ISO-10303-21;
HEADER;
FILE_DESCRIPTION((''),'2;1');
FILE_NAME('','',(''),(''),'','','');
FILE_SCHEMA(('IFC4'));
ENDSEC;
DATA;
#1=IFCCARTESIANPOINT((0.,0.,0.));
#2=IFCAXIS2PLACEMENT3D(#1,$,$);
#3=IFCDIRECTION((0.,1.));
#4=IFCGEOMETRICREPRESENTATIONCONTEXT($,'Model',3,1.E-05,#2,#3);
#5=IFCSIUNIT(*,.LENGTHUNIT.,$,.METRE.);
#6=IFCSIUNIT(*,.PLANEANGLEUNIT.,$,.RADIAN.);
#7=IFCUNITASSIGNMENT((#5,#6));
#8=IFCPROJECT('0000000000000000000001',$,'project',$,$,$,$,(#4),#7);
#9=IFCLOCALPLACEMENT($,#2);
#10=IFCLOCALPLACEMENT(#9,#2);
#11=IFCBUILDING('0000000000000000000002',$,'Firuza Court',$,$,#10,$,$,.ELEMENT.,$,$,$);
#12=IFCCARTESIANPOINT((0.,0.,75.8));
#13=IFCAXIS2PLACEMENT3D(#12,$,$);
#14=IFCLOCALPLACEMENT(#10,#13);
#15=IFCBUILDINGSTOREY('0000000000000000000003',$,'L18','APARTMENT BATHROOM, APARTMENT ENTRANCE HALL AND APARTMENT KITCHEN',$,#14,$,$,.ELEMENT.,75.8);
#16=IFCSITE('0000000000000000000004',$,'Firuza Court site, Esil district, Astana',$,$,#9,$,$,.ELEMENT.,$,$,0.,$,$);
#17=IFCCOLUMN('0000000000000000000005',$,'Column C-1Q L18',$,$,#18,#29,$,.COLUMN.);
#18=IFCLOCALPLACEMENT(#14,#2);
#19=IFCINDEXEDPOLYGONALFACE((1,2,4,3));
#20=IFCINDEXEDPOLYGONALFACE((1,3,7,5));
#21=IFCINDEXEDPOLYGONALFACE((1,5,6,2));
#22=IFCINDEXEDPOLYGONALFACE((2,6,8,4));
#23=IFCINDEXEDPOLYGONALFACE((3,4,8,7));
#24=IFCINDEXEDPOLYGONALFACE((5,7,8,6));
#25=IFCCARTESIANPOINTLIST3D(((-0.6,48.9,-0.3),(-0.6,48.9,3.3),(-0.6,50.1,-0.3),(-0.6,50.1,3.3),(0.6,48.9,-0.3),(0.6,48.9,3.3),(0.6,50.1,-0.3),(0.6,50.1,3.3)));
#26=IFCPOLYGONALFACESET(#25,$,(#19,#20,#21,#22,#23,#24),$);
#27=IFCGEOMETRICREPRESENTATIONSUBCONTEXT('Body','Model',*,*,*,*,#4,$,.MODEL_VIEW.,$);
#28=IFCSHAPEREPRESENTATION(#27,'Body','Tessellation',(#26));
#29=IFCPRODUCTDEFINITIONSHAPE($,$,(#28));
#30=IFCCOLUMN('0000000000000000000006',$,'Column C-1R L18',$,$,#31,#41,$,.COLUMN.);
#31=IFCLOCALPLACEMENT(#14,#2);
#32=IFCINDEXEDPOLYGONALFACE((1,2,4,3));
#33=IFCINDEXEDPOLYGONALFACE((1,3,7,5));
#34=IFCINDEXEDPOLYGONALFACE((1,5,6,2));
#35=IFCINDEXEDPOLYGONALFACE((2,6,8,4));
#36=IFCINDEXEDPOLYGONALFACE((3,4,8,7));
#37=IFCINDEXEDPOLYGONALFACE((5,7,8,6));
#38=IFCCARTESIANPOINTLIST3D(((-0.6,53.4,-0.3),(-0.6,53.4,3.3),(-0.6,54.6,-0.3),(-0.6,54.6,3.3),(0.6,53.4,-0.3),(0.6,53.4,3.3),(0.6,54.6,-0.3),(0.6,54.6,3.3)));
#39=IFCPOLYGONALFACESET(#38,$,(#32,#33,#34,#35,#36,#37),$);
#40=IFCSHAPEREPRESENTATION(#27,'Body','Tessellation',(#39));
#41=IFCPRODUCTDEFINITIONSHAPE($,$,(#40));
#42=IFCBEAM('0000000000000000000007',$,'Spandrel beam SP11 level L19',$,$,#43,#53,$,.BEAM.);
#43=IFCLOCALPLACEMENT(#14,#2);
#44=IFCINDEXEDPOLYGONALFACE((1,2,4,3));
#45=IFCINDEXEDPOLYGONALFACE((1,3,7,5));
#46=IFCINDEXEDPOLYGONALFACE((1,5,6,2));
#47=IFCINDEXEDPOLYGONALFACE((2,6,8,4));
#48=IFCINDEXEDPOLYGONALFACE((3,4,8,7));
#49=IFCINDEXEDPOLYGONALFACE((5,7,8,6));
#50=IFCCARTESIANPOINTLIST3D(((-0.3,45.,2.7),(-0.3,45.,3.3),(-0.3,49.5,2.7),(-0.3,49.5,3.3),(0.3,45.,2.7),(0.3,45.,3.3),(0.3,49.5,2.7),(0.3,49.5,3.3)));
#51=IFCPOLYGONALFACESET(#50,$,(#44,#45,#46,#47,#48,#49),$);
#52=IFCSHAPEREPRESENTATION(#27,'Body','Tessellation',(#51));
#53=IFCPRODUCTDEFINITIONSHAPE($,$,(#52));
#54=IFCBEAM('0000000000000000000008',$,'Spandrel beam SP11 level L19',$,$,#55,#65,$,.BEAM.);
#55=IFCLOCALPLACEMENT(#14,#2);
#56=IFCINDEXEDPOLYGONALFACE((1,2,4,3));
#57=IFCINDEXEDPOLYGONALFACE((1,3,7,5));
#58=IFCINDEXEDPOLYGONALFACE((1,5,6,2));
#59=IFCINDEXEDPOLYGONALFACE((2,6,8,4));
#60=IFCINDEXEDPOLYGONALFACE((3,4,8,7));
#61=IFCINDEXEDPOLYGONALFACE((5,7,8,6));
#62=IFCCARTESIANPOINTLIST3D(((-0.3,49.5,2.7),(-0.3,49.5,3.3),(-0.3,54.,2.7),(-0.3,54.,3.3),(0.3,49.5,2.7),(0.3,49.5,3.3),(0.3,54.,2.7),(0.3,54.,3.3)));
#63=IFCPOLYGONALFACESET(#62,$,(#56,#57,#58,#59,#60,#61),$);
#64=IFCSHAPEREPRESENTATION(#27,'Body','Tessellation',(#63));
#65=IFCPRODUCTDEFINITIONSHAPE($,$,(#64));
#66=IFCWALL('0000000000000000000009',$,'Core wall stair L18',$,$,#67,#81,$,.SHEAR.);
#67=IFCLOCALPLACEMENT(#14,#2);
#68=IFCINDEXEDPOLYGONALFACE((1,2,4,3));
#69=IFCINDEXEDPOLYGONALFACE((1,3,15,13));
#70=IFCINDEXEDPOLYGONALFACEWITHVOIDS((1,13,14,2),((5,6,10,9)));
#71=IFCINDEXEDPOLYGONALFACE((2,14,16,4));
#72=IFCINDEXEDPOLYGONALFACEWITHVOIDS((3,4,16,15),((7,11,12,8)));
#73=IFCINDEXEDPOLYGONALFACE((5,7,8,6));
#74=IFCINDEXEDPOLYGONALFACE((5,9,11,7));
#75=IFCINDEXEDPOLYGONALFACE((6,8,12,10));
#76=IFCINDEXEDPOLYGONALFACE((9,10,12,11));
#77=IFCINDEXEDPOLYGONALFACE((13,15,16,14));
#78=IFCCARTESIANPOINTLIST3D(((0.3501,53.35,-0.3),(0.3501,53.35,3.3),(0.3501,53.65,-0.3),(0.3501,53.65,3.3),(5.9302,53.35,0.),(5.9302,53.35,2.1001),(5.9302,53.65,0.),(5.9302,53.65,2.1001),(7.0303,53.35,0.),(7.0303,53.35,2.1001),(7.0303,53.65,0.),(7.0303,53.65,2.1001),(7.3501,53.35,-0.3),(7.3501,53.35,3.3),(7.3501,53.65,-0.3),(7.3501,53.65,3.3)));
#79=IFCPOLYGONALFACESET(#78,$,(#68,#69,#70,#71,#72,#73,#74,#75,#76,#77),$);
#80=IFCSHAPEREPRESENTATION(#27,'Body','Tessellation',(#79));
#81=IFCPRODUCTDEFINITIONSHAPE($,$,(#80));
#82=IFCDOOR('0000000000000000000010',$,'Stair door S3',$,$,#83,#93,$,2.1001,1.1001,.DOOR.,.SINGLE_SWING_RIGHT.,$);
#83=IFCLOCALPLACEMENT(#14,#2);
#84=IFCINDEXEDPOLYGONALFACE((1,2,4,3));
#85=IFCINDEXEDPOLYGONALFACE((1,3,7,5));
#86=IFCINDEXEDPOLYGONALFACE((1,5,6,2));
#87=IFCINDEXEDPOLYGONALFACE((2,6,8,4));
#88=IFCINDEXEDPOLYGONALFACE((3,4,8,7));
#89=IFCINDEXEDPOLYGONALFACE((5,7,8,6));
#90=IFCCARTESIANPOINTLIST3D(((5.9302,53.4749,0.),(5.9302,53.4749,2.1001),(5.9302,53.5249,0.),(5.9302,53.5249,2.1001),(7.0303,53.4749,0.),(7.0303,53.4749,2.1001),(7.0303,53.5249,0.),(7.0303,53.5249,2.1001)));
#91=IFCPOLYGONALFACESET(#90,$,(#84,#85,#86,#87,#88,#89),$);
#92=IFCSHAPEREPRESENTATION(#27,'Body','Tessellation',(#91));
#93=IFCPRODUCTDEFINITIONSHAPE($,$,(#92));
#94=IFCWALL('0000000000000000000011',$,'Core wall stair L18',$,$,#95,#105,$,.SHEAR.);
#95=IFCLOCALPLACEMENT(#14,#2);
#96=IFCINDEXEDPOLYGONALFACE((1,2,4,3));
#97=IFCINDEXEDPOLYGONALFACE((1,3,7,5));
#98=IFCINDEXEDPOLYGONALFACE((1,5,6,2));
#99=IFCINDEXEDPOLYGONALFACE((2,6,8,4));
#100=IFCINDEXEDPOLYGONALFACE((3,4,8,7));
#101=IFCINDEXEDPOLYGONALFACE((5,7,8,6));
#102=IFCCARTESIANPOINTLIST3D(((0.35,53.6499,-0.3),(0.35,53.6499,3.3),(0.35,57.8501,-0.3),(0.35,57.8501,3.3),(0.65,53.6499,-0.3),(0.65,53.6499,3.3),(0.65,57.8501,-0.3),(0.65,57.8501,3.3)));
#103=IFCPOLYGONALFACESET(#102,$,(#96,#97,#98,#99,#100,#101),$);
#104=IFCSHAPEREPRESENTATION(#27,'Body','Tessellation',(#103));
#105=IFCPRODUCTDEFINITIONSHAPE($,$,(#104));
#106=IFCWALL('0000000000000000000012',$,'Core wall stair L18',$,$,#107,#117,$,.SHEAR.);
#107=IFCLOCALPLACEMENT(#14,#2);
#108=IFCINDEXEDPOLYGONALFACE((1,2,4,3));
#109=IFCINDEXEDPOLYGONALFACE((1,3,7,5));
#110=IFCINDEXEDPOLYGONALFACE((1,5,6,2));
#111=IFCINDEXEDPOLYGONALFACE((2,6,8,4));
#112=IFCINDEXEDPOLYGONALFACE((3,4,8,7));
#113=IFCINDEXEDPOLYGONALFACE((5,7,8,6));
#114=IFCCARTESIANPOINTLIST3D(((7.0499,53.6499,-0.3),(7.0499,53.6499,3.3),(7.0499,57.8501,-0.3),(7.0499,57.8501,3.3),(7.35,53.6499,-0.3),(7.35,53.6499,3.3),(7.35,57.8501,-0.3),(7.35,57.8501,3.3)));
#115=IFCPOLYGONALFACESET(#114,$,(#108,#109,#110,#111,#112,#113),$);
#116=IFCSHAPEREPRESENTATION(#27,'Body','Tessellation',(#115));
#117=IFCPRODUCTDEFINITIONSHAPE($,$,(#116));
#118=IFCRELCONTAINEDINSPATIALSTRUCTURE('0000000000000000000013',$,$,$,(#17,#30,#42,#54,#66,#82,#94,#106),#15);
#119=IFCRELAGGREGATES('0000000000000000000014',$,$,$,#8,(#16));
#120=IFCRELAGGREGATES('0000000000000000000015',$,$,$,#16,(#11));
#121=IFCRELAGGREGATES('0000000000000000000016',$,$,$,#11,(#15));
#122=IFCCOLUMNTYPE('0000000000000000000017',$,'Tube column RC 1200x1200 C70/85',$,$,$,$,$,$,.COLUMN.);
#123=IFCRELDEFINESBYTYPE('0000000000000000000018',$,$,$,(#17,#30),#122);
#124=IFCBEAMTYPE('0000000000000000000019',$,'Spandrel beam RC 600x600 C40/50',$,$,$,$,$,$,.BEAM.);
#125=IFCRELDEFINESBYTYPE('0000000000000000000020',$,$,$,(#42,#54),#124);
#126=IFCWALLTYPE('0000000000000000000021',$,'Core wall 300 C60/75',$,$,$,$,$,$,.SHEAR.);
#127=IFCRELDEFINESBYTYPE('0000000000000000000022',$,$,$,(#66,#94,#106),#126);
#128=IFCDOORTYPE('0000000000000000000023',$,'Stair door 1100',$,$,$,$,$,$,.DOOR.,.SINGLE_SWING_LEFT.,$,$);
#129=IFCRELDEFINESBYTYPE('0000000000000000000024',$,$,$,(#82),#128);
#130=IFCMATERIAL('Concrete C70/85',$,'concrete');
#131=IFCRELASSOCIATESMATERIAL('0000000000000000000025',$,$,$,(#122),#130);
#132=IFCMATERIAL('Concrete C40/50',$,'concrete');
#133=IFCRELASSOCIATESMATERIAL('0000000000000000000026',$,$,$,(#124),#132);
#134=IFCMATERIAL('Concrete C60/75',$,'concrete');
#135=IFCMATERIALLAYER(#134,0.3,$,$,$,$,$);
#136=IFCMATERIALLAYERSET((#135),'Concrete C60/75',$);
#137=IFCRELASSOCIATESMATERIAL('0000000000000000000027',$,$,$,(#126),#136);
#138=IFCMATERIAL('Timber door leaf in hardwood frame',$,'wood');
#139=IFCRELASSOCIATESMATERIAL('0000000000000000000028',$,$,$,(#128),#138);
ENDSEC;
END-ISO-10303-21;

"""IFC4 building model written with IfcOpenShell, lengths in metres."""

from ifc_helpers import new_model, si_unit, direction, frame, frame_2d, origin, origin_2d, place, context, subcontext, project, spatial, rectangle, extrude, material, layer, layer_set, material_profile, profile_set, type_object, element, fill, save


model = new_model("IFC4")

# Units and contexts
model_context = context("Model", 3, precision=1e-05, world=origin(), true_north=direction((0.0, 1.0)))
body_context = subcontext(model_context, "Body", "Model", "MODEL_VIEW")
ifc_project = project(units=[si_unit("LENGTHUNIT", "METRE"), si_unit("PLANEANGLEUNIT", "RADIAN")], contexts=[model_context])

# Site, building, storey
site_placement = place(None, origin())
site = spatial("IfcSite", under=ifc_project, at=site_placement, Name="Firuza Court site, Esil district, Astana", CompositionType="ELEMENT", RefElevation=0.0)
building_placement = place(site_placement, origin())
building = spatial("IfcBuilding", under=site, at=building_placement, Name="Firuza Court", CompositionType="ELEMENT")
storey_placement = place(building_placement, frame((0.0, 0.0, 75.8)))
storey = spatial("IfcBuildingStorey", under=building, at=storey_placement, Name="L18", Description="APARTMENT BATHROOM, APARTMENT ENTRANCE HALL AND APARTMENT KITCHEN", CompositionType="ELEMENT", Elevation=75.8)

# Columns
ifc_material_1 = material(Name="Concrete C70/85", Category="concrete")
ifc_material_profile_1 = material_profile(ifc_material_1, rectangle(XDim=1.2, YDim=1.2, at=origin_2d()), Name="RC 1200x1200")
ifc_profile_set_1 = profile_set([ifc_material_profile_1], Name="Concrete C70/85")
column_type = type_object("IfcColumnType", Name="Tube column RC 1200x1200 C70/85", PredefinedType="COLUMN", material=ifc_profile_set_1)
for number, where, z_axis, x_axis, name in (
    (1, (0.0, 49.5, -0.3), (0.0, 0.0, 1.0), (1.0, 0.0, 0.0), "Column C-1Q L18"),
    (2, (0.0, 54.0, -0.3), (0.0, 0.0, 1.0), (1.0, 0.0, 0.0), "Column C-1R L18"),
):
    element("IfcColumn", number, at=place(storey_placement, frame(where, z_axis=z_axis, x_axis=x_axis)), inside=storey, type_object=column_type, Name=name, PredefinedType="COLUMN", context=body_context, shape_type="SweptSolid", body=[
        extrude(rectangle(XDim=1.2, YDim=1.2, at=origin_2d()), origin(), (0.0, 0.0, 1.0), 3.6001),
    ])

# Beams
ifc_material_2 = material(Name="Concrete C40/50", Category="concrete")
ifc_material_profile_2 = material_profile(ifc_material_2, rectangle(XDim=0.6001, YDim=0.6001, at=origin_2d()), Name="RC 600x600")
ifc_profile_set_2 = profile_set([ifc_material_profile_2], Name="Concrete C40/50")
beam_type = type_object("IfcBeamType", Name="Spandrel beam RC 600x600 C40/50", PredefinedType="BEAM", material=ifc_profile_set_2)
for number, where, z_axis, x_axis, name in (
    (3, (0.0, 49.5, 3.0), (0.0, -1.0, 0.0), (1.0, 0.0, 0.0), "Spandrel beam SP11 level L19"),
    (4, (0.0, 54.0, 3.0), (0.0, -1.0, 0.0), (1.0, 0.0, 0.0), "Spandrel beam SP11 level L19"),
):
    element("IfcBeam", number, at=place(storey_placement, frame(where, z_axis=z_axis, x_axis=x_axis)), inside=storey, type_object=beam_type, Name=name, PredefinedType="BEAM", context=body_context, shape_type="SweptSolid", body=[
        extrude(rectangle(XDim=0.6001, YDim=0.6001, at=origin_2d()), origin(), (0.0, 0.0, 1.0), 4.5),
    ])

# Wall, opening, door
ifc_material_3 = material(Name="Concrete C60/75", Category="concrete")
ifc_layer_1 = layer(ifc_material_3, 0.3)
ifc_layer_set_1 = layer_set([ifc_layer_1], Name="Concrete C60/75")
wall_type_1 = type_object("IfcWallType", Name="Core wall 300 C60/75", PredefinedType="SHEAR", material=ifc_layer_set_1)
wall_1_placement = place(storey_placement, frame((0.3501, 53.5, -0.3), z_axis=(0.0, 0.0, 1.0), x_axis=(1.0, 0.0, 0.0)))
wall_1 = element("IfcWall", 5, at=wall_1_placement, inside=storey, type_object=wall_type_1, Name="Core wall stair L18", PredefinedType="SHEAR", context=body_context, shape_type="SweptSolid", body=[
    extrude(rectangle(XDim=7.0, YDim=0.3, at=frame_2d((3.5, 0.0))), origin(), (0.0, 0.0, 1.0), 3.6001),
])
opening_1_placement = place(wall_1_placement, frame((5.5801, 0.0, 0.3)))
opening_1 = element("IfcOpeningElement", 6, at=opening_1_placement, cuts=wall_1, PredefinedType="OPENING", context=body_context, shape_type="SweptSolid", body=[
    extrude(rectangle(XDim=1.1001, YDim=2.1001, at=frame_2d((0.55, 1.05))), frame((0.0, 0.1621, 0.0), z_axis=(0.0, -1.0, 0.0), x_axis=(1.0, 0.0, 0.0)), (0.0, 0.0, 1.0), 0.324),
])
ifc_material_4 = material(Name="Timber door leaf in hardwood frame", Category="wood")
door_type_1 = type_object("IfcDoorType", Name="Stair door 1100", OperationType="SINGLE_SWING_LEFT", PredefinedType="DOOR", material=ifc_material_4)
door_1_placement = place(opening_1_placement, origin())
door_1 = element("IfcDoor", 7, at=door_1_placement, inside=storey, type_object=door_type_1, Name="Stair door S3", OperationType="SINGLE_SWING_RIGHT", OverallHeight=2.1001, OverallWidth=1.1001, PredefinedType="DOOR", context=body_context, shape_type="SweptSolid", body=[
    extrude(rectangle(XDim=1.1001, YDim=2.1001, at=frame_2d((0.55, 1.05))), frame((0.0, 0.0249, 0.0), z_axis=(0.0, -1.0, 0.0), x_axis=(1.0, 0.0, 0.0)), (0.0, 0.0, 1.0), 0.05),
])
fill(opening_1, door_1)

# Walls
for number, where, z_axis, x_axis, name in (
    (8, (0.5, 53.6499, -0.3), (0.0, 0.0, 1.0), (0.0, 1.0, 0.0), "Core wall stair L18"),
    (9, (7.2, 53.6499, -0.3), (0.0, 0.0, 1.0), (0.0, 1.0, 0.0), "Core wall stair L18"),
):
    element("IfcWall", number, at=place(storey_placement, frame(where, z_axis=z_axis, x_axis=x_axis)), inside=storey, type_object=wall_type_1, Name=name, PredefinedType="SHEAR", context=body_context, shape_type="SweptSolid", body=[
        extrude(rectangle(XDim=4.2002, YDim=0.3, at=frame_2d((2.1001, 0.0))), origin(), (0.0, 0.0, 1.0), 3.6001),
    ])

save(model, "model.ifc")
